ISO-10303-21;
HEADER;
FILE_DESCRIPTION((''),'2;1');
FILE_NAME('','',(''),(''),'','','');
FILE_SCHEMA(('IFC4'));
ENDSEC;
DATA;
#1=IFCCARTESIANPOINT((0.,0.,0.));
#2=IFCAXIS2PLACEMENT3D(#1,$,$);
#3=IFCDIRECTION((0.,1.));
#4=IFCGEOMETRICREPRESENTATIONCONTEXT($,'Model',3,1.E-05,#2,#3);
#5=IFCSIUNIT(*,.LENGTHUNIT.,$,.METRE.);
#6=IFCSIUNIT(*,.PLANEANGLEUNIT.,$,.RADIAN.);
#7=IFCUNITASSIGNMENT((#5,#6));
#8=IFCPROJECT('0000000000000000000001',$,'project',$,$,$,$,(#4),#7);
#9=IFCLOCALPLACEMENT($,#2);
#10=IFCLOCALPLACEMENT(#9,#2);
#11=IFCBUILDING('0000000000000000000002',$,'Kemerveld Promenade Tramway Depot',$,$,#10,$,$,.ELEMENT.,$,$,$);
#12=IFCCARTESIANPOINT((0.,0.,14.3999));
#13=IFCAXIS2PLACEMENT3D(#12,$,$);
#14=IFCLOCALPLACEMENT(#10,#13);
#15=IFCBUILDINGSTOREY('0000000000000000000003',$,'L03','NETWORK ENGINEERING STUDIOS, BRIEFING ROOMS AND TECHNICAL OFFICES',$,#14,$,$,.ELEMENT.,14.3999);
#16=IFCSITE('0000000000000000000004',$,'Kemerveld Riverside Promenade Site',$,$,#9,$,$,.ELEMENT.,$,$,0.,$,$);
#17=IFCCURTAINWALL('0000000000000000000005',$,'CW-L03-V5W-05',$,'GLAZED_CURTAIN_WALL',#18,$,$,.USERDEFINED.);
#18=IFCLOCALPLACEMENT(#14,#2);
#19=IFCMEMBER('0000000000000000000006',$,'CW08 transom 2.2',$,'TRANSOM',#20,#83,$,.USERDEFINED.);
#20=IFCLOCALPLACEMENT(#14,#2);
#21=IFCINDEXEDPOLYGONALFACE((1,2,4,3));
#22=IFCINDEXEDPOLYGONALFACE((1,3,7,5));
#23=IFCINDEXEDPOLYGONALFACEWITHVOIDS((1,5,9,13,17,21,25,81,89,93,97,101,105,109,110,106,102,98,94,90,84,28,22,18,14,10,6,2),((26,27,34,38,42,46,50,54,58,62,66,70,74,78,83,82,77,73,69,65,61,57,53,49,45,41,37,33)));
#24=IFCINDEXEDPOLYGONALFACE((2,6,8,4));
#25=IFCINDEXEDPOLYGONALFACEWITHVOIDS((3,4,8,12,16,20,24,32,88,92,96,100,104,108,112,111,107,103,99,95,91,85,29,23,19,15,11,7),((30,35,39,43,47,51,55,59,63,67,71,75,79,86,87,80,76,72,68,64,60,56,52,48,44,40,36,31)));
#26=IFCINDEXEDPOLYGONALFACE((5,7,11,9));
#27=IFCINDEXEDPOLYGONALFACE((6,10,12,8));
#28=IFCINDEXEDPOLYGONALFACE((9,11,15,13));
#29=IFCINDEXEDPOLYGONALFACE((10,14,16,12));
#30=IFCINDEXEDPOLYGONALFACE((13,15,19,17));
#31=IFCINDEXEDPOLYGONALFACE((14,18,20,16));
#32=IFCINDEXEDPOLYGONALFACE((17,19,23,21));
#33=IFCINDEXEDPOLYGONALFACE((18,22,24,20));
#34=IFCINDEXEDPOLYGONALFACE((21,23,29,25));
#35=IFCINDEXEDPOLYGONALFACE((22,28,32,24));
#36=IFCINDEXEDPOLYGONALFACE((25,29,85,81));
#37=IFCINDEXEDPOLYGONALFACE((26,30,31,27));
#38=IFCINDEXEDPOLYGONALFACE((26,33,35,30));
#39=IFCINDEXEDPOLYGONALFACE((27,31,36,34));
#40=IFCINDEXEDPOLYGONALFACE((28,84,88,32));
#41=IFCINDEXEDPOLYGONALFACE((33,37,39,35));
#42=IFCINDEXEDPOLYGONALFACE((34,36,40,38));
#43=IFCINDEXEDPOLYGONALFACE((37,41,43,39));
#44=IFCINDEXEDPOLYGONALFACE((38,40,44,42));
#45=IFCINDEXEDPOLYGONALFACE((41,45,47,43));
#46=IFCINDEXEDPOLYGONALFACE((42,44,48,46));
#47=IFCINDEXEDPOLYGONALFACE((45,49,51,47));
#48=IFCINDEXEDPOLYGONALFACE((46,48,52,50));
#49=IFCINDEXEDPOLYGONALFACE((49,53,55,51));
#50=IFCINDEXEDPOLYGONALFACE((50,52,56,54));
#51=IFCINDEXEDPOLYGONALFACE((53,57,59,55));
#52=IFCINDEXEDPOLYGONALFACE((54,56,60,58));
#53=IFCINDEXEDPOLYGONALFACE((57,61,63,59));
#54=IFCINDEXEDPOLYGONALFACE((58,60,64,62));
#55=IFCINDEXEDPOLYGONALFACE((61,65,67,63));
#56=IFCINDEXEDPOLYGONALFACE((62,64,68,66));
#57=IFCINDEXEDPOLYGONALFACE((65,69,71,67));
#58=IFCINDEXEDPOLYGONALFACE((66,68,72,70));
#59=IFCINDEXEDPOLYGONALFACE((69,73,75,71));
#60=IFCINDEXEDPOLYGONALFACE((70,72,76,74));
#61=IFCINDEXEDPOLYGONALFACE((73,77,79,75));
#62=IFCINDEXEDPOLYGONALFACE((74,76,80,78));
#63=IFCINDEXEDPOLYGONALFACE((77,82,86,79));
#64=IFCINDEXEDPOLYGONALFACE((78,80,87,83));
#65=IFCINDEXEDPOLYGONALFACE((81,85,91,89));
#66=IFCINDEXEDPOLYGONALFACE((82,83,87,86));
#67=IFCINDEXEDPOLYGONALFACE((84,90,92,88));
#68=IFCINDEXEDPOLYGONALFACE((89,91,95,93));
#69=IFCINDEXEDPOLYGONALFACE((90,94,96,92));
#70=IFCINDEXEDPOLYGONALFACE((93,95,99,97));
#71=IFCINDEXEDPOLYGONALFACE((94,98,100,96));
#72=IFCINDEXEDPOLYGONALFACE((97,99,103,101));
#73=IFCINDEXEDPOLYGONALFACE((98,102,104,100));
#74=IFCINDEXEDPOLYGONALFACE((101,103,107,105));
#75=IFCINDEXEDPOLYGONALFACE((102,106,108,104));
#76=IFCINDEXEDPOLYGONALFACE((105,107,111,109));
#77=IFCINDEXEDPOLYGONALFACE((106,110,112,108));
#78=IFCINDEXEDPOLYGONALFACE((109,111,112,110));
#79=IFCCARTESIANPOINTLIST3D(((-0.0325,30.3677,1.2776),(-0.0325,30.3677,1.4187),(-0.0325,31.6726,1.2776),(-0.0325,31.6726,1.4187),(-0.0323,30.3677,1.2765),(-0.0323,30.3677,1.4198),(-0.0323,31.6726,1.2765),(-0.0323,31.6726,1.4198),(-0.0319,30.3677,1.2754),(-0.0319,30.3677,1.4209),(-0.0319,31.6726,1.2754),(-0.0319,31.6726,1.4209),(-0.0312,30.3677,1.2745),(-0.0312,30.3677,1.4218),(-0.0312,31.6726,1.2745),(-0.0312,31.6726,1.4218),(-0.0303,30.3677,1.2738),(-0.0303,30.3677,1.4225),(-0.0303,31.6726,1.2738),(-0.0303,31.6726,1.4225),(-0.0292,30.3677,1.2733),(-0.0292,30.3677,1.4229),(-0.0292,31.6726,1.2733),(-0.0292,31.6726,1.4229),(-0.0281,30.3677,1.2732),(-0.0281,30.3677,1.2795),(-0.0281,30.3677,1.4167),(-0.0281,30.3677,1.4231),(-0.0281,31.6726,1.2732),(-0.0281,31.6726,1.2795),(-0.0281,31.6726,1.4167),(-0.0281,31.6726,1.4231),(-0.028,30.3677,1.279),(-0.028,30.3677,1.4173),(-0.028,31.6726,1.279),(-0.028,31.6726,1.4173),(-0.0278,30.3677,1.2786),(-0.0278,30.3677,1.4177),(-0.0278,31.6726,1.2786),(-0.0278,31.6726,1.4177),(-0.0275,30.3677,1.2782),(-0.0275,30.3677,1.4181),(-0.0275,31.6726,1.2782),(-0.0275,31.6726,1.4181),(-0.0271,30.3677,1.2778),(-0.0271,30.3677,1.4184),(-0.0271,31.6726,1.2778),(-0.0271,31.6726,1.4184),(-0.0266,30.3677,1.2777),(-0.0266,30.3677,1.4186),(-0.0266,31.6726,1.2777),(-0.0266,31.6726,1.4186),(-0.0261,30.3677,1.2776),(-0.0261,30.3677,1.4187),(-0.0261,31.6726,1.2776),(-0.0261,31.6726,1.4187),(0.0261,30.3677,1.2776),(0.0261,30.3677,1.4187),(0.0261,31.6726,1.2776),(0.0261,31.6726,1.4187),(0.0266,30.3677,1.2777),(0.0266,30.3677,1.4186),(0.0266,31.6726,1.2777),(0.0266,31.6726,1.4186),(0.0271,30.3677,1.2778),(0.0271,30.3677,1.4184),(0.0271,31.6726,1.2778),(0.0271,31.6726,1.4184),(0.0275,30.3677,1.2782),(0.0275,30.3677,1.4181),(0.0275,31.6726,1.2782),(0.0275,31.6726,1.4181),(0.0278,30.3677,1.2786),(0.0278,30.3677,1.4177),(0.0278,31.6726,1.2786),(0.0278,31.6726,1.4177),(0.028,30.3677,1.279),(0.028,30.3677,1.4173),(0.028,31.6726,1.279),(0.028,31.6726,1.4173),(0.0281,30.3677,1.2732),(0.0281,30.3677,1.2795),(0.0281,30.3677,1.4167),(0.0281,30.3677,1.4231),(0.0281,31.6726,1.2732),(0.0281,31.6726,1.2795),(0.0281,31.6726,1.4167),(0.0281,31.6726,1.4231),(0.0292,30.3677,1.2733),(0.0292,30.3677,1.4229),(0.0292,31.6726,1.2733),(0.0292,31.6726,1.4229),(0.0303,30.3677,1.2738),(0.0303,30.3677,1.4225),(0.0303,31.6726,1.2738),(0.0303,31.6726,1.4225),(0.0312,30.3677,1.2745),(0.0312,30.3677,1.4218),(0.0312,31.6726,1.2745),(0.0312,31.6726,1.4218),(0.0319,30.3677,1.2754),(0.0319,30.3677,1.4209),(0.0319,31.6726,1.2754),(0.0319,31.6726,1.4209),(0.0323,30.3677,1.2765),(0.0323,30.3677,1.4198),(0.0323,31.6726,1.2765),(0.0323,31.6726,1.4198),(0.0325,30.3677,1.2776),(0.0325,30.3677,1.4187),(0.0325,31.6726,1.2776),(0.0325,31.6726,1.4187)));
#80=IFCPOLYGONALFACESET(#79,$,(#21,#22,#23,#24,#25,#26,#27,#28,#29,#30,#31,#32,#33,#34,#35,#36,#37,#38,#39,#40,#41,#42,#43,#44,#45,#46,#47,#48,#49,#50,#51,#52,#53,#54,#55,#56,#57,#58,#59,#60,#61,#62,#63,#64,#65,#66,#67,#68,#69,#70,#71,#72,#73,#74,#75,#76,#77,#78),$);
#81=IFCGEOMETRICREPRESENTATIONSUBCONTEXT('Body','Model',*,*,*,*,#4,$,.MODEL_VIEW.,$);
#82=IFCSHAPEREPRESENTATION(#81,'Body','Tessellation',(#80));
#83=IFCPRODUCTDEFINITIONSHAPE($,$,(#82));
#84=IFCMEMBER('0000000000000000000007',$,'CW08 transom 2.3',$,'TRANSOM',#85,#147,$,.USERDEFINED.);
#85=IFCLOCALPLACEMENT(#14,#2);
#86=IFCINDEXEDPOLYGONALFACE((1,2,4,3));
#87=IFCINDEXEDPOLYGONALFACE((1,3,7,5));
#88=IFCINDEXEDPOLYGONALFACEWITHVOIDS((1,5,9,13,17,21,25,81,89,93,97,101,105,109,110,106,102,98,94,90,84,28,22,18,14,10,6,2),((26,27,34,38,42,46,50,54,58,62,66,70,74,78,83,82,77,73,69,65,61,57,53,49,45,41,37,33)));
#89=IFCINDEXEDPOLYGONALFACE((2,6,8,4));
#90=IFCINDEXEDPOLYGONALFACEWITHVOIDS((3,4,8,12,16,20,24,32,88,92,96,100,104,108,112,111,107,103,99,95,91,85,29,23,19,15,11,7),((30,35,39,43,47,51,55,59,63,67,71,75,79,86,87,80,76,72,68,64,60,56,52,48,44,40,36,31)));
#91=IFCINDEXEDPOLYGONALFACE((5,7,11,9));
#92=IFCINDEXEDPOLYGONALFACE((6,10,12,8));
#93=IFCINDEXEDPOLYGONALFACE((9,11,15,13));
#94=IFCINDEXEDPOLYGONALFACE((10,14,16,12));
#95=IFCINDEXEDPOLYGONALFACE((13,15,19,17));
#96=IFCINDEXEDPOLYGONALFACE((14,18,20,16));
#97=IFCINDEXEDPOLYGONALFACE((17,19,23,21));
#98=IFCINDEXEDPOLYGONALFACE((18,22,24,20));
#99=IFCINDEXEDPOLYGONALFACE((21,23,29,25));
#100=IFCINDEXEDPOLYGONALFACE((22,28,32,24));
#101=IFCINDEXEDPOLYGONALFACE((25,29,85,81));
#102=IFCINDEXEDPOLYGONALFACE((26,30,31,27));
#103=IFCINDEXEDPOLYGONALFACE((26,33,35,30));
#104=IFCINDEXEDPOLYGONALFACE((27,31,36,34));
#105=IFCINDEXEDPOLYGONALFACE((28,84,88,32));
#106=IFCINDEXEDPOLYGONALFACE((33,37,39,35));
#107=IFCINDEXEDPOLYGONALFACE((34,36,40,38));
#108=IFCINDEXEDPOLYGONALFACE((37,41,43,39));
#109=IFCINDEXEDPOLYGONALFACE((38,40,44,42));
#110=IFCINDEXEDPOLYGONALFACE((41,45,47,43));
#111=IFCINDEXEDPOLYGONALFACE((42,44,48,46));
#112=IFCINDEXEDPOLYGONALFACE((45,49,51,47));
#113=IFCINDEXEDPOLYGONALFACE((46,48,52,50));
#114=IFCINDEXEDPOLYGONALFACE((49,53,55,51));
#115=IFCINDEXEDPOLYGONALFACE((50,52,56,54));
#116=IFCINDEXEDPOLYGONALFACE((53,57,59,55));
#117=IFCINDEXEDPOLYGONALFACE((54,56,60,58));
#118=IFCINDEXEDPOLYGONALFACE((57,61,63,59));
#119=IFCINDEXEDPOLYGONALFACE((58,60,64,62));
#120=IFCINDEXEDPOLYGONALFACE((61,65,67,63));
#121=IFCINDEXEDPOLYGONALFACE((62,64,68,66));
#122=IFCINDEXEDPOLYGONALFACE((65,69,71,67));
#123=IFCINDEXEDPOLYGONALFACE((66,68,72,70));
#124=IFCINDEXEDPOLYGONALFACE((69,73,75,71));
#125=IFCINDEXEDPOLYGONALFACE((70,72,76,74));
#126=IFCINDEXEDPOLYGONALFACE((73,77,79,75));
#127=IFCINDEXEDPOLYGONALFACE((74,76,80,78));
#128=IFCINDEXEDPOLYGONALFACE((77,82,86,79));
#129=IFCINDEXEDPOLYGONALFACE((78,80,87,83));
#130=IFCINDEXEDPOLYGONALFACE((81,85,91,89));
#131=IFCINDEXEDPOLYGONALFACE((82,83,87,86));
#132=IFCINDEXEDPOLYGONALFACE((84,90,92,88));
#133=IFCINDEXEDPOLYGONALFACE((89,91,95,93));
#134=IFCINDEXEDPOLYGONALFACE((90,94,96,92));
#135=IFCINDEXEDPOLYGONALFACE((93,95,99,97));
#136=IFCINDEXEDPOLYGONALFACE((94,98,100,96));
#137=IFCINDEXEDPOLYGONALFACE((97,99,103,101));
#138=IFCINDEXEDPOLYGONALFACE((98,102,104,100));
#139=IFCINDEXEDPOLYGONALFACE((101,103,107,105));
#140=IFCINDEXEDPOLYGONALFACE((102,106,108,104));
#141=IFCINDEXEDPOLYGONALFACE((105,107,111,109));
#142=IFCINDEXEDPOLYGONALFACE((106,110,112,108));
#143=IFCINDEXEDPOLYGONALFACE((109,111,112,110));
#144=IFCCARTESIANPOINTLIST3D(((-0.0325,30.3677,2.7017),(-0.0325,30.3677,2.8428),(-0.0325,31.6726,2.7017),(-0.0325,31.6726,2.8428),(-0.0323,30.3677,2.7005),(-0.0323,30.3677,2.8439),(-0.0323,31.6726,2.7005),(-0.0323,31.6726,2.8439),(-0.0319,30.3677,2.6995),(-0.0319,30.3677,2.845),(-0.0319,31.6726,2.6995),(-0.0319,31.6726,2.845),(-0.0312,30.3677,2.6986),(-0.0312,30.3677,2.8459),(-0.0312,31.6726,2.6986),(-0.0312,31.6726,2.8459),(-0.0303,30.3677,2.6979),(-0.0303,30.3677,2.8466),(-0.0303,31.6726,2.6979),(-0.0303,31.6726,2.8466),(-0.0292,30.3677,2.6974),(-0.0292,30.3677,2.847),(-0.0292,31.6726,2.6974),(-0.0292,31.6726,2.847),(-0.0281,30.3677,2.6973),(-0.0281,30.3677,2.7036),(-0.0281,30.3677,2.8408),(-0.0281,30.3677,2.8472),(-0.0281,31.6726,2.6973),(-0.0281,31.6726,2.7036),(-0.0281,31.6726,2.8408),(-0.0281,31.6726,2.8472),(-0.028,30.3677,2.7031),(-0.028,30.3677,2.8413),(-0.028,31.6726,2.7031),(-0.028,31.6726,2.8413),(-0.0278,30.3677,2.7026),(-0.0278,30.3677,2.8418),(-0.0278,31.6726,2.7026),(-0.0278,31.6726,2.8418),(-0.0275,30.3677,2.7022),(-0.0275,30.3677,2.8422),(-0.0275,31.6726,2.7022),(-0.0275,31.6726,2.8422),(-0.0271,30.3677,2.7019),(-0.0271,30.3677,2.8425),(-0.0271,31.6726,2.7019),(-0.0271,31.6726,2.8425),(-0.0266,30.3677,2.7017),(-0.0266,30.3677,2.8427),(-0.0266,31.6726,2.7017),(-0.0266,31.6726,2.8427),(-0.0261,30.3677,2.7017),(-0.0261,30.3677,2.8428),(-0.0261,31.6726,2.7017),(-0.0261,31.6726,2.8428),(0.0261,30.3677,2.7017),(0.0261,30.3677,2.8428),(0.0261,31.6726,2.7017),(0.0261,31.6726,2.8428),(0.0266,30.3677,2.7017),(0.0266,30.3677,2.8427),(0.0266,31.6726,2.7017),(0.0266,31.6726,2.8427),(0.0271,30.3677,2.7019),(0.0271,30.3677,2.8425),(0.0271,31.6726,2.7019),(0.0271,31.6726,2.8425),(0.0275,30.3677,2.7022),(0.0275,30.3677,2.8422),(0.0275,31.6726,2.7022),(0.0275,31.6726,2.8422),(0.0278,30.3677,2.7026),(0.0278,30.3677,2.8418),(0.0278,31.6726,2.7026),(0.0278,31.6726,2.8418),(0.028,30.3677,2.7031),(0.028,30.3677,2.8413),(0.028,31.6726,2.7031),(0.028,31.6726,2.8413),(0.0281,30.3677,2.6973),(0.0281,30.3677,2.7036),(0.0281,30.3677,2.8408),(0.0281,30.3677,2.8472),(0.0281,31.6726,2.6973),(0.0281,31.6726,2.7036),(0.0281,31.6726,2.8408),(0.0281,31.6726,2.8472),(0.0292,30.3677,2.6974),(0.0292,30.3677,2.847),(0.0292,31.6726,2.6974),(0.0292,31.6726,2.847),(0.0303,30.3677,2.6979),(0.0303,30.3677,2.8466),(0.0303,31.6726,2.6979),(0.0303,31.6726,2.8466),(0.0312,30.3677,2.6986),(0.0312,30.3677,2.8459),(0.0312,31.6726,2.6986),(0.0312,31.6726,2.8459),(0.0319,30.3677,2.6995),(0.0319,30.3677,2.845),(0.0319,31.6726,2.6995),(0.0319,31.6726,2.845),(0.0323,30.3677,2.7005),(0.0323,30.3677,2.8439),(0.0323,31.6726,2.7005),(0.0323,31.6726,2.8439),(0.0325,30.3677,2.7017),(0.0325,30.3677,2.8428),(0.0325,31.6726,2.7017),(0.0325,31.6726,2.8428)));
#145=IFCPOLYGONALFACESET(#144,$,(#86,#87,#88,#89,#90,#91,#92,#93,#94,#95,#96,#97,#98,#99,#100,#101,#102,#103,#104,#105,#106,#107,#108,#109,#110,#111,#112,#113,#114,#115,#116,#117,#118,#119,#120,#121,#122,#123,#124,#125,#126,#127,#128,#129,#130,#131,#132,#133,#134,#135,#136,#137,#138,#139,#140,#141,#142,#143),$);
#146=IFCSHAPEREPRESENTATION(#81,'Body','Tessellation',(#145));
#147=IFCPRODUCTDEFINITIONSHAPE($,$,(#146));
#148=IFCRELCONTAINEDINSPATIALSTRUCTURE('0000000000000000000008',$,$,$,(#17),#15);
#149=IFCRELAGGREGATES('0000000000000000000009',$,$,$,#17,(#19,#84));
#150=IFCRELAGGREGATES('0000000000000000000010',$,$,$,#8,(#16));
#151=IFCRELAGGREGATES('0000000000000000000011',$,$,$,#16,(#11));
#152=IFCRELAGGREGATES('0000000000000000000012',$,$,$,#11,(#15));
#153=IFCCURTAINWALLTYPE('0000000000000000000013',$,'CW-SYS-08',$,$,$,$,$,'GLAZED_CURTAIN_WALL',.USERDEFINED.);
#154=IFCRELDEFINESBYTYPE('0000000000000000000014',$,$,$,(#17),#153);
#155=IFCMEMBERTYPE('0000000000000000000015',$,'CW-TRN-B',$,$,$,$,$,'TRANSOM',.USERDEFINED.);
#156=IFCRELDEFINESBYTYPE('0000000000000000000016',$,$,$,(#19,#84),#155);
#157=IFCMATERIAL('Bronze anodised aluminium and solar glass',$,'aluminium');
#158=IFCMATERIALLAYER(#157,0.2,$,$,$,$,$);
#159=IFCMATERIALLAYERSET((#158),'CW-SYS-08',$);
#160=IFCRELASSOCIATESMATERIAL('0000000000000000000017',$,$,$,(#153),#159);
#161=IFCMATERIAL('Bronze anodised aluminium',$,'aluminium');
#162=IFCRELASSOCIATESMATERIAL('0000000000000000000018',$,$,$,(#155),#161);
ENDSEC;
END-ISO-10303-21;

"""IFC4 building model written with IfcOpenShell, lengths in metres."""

from ifc_helpers import new_model, si_unit, direction, frame, origin, origin_2d, place, context, subcontext, project, spatial, hollow_rectangle, extrude, material, layer, layer_set, material_profile, profile_set, type_object, element, aggregate, save


model = new_model("IFC4")

# Units and contexts
model_context = context("Model", 3, precision=1e-05, world=origin(), true_north=direction((0.0, 1.0)))
body_context = subcontext(model_context, "Body", "Model", "MODEL_VIEW")
ifc_project = project(units=[si_unit("LENGTHUNIT", "METRE"), si_unit("PLANEANGLEUNIT", "RADIAN")], contexts=[model_context])

# Site, building, storey
site_placement = place(None, origin())
site = spatial("IfcSite", under=ifc_project, at=site_placement, Name="Kemerveld Riverside Promenade Site", CompositionType="ELEMENT", RefElevation=0.0)
building_placement = place(site_placement, origin())
building = spatial("IfcBuilding", under=site, at=building_placement, Name="Kemerveld Promenade Tramway Depot", CompositionType="ELEMENT")
storey_placement = place(building_placement, frame((0.0, 0.0, 14.3999)))
storey = spatial("IfcBuildingStorey", under=building, at=storey_placement, Name="L03", Description="NETWORK ENGINEERING STUDIOS, BRIEFING ROOMS AND TECHNICAL OFFICES", CompositionType="ELEMENT", Elevation=14.3999)

# Curtain wall, members
ifc_material_1 = material(Name="Bronze anodised aluminium and solar glass", Category="aluminium")
ifc_layer_1 = layer(ifc_material_1, 0.2)
ifc_layer_set_1 = layer_set([ifc_layer_1], Name="CW-SYS-08")
curtain_wall_type = type_object("IfcCurtainWallType", Name="CW-SYS-08", ElementType="GLAZED_CURTAIN_WALL", PredefinedType="USERDEFINED", material=ifc_layer_set_1)
curtain_wall_placement = place(storey_placement, origin())
curtain_wall = element("IfcCurtainWall", 1, at=curtain_wall_placement, inside=storey, type_object=curtain_wall_type, Name="CW-L03-V5W-05", ObjectType="GLAZED_CURTAIN_WALL", PredefinedType="USERDEFINED")
ifc_material_2 = material(Name="Bronze anodised aluminium", Category="aluminium")
ifc_material_profile_1 = material_profile(ifc_material_2, hollow_rectangle(XDim=0.0649, YDim=0.1499, WallThickness=0.0044, InnerFilletRadius=0.002, OuterFilletRadius=0.0044, at=origin_2d()), Name="CW-TRN-150x65")
ifc_profile_set_1 = profile_set([ifc_material_profile_1], Name="Bronze anodised aluminium")
member_type_1 = type_object("IfcMemberType", Name="CW-TRN-B", ElementType="TRANSOM", PredefinedType="USERDEFINED", material=ifc_profile_set_1)
member_1_placement = place(storey_placement, frame((0.0, 30.3677, 1.3481), z_axis=(0.0, 1.0, 0.0), x_axis=(-1.0, 0.0, 0.0)))
member_1 = element("IfcMember", 2, at=member_1_placement, type_object=member_type_1, Name="CW08 transom 2.2", ObjectType="TRANSOM", PredefinedType="USERDEFINED", context=body_context, shape_type="SweptSolid", body=[
    extrude(hollow_rectangle(XDim=0.0649, YDim=0.1499, WallThickness=0.0044, InnerFilletRadius=0.002, OuterFilletRadius=0.0044, at=origin_2d()), origin(), (0.0, 0.0, 1.0), 1.3049),
])
member_2_placement = place(storey_placement, frame((0.0, 30.3677, 2.7722), z_axis=(0.0, 1.0, 0.0), x_axis=(-1.0, 0.0, 0.0)))
member_2 = element("IfcMember", 3, at=member_2_placement, type_object=member_type_1, Name="CW08 transom 2.3", ObjectType="TRANSOM", PredefinedType="USERDEFINED", context=body_context, shape_type="SweptSolid", body=[
    extrude(hollow_rectangle(XDim=0.0649, YDim=0.1499, WallThickness=0.0044, InnerFilletRadius=0.002, OuterFilletRadius=0.0044, at=origin_2d()), origin(), (0.0, 0.0, 1.0), 1.3049),
])
aggregate(curtain_wall, [member_1, member_2])

save(model, "model.ifc")
